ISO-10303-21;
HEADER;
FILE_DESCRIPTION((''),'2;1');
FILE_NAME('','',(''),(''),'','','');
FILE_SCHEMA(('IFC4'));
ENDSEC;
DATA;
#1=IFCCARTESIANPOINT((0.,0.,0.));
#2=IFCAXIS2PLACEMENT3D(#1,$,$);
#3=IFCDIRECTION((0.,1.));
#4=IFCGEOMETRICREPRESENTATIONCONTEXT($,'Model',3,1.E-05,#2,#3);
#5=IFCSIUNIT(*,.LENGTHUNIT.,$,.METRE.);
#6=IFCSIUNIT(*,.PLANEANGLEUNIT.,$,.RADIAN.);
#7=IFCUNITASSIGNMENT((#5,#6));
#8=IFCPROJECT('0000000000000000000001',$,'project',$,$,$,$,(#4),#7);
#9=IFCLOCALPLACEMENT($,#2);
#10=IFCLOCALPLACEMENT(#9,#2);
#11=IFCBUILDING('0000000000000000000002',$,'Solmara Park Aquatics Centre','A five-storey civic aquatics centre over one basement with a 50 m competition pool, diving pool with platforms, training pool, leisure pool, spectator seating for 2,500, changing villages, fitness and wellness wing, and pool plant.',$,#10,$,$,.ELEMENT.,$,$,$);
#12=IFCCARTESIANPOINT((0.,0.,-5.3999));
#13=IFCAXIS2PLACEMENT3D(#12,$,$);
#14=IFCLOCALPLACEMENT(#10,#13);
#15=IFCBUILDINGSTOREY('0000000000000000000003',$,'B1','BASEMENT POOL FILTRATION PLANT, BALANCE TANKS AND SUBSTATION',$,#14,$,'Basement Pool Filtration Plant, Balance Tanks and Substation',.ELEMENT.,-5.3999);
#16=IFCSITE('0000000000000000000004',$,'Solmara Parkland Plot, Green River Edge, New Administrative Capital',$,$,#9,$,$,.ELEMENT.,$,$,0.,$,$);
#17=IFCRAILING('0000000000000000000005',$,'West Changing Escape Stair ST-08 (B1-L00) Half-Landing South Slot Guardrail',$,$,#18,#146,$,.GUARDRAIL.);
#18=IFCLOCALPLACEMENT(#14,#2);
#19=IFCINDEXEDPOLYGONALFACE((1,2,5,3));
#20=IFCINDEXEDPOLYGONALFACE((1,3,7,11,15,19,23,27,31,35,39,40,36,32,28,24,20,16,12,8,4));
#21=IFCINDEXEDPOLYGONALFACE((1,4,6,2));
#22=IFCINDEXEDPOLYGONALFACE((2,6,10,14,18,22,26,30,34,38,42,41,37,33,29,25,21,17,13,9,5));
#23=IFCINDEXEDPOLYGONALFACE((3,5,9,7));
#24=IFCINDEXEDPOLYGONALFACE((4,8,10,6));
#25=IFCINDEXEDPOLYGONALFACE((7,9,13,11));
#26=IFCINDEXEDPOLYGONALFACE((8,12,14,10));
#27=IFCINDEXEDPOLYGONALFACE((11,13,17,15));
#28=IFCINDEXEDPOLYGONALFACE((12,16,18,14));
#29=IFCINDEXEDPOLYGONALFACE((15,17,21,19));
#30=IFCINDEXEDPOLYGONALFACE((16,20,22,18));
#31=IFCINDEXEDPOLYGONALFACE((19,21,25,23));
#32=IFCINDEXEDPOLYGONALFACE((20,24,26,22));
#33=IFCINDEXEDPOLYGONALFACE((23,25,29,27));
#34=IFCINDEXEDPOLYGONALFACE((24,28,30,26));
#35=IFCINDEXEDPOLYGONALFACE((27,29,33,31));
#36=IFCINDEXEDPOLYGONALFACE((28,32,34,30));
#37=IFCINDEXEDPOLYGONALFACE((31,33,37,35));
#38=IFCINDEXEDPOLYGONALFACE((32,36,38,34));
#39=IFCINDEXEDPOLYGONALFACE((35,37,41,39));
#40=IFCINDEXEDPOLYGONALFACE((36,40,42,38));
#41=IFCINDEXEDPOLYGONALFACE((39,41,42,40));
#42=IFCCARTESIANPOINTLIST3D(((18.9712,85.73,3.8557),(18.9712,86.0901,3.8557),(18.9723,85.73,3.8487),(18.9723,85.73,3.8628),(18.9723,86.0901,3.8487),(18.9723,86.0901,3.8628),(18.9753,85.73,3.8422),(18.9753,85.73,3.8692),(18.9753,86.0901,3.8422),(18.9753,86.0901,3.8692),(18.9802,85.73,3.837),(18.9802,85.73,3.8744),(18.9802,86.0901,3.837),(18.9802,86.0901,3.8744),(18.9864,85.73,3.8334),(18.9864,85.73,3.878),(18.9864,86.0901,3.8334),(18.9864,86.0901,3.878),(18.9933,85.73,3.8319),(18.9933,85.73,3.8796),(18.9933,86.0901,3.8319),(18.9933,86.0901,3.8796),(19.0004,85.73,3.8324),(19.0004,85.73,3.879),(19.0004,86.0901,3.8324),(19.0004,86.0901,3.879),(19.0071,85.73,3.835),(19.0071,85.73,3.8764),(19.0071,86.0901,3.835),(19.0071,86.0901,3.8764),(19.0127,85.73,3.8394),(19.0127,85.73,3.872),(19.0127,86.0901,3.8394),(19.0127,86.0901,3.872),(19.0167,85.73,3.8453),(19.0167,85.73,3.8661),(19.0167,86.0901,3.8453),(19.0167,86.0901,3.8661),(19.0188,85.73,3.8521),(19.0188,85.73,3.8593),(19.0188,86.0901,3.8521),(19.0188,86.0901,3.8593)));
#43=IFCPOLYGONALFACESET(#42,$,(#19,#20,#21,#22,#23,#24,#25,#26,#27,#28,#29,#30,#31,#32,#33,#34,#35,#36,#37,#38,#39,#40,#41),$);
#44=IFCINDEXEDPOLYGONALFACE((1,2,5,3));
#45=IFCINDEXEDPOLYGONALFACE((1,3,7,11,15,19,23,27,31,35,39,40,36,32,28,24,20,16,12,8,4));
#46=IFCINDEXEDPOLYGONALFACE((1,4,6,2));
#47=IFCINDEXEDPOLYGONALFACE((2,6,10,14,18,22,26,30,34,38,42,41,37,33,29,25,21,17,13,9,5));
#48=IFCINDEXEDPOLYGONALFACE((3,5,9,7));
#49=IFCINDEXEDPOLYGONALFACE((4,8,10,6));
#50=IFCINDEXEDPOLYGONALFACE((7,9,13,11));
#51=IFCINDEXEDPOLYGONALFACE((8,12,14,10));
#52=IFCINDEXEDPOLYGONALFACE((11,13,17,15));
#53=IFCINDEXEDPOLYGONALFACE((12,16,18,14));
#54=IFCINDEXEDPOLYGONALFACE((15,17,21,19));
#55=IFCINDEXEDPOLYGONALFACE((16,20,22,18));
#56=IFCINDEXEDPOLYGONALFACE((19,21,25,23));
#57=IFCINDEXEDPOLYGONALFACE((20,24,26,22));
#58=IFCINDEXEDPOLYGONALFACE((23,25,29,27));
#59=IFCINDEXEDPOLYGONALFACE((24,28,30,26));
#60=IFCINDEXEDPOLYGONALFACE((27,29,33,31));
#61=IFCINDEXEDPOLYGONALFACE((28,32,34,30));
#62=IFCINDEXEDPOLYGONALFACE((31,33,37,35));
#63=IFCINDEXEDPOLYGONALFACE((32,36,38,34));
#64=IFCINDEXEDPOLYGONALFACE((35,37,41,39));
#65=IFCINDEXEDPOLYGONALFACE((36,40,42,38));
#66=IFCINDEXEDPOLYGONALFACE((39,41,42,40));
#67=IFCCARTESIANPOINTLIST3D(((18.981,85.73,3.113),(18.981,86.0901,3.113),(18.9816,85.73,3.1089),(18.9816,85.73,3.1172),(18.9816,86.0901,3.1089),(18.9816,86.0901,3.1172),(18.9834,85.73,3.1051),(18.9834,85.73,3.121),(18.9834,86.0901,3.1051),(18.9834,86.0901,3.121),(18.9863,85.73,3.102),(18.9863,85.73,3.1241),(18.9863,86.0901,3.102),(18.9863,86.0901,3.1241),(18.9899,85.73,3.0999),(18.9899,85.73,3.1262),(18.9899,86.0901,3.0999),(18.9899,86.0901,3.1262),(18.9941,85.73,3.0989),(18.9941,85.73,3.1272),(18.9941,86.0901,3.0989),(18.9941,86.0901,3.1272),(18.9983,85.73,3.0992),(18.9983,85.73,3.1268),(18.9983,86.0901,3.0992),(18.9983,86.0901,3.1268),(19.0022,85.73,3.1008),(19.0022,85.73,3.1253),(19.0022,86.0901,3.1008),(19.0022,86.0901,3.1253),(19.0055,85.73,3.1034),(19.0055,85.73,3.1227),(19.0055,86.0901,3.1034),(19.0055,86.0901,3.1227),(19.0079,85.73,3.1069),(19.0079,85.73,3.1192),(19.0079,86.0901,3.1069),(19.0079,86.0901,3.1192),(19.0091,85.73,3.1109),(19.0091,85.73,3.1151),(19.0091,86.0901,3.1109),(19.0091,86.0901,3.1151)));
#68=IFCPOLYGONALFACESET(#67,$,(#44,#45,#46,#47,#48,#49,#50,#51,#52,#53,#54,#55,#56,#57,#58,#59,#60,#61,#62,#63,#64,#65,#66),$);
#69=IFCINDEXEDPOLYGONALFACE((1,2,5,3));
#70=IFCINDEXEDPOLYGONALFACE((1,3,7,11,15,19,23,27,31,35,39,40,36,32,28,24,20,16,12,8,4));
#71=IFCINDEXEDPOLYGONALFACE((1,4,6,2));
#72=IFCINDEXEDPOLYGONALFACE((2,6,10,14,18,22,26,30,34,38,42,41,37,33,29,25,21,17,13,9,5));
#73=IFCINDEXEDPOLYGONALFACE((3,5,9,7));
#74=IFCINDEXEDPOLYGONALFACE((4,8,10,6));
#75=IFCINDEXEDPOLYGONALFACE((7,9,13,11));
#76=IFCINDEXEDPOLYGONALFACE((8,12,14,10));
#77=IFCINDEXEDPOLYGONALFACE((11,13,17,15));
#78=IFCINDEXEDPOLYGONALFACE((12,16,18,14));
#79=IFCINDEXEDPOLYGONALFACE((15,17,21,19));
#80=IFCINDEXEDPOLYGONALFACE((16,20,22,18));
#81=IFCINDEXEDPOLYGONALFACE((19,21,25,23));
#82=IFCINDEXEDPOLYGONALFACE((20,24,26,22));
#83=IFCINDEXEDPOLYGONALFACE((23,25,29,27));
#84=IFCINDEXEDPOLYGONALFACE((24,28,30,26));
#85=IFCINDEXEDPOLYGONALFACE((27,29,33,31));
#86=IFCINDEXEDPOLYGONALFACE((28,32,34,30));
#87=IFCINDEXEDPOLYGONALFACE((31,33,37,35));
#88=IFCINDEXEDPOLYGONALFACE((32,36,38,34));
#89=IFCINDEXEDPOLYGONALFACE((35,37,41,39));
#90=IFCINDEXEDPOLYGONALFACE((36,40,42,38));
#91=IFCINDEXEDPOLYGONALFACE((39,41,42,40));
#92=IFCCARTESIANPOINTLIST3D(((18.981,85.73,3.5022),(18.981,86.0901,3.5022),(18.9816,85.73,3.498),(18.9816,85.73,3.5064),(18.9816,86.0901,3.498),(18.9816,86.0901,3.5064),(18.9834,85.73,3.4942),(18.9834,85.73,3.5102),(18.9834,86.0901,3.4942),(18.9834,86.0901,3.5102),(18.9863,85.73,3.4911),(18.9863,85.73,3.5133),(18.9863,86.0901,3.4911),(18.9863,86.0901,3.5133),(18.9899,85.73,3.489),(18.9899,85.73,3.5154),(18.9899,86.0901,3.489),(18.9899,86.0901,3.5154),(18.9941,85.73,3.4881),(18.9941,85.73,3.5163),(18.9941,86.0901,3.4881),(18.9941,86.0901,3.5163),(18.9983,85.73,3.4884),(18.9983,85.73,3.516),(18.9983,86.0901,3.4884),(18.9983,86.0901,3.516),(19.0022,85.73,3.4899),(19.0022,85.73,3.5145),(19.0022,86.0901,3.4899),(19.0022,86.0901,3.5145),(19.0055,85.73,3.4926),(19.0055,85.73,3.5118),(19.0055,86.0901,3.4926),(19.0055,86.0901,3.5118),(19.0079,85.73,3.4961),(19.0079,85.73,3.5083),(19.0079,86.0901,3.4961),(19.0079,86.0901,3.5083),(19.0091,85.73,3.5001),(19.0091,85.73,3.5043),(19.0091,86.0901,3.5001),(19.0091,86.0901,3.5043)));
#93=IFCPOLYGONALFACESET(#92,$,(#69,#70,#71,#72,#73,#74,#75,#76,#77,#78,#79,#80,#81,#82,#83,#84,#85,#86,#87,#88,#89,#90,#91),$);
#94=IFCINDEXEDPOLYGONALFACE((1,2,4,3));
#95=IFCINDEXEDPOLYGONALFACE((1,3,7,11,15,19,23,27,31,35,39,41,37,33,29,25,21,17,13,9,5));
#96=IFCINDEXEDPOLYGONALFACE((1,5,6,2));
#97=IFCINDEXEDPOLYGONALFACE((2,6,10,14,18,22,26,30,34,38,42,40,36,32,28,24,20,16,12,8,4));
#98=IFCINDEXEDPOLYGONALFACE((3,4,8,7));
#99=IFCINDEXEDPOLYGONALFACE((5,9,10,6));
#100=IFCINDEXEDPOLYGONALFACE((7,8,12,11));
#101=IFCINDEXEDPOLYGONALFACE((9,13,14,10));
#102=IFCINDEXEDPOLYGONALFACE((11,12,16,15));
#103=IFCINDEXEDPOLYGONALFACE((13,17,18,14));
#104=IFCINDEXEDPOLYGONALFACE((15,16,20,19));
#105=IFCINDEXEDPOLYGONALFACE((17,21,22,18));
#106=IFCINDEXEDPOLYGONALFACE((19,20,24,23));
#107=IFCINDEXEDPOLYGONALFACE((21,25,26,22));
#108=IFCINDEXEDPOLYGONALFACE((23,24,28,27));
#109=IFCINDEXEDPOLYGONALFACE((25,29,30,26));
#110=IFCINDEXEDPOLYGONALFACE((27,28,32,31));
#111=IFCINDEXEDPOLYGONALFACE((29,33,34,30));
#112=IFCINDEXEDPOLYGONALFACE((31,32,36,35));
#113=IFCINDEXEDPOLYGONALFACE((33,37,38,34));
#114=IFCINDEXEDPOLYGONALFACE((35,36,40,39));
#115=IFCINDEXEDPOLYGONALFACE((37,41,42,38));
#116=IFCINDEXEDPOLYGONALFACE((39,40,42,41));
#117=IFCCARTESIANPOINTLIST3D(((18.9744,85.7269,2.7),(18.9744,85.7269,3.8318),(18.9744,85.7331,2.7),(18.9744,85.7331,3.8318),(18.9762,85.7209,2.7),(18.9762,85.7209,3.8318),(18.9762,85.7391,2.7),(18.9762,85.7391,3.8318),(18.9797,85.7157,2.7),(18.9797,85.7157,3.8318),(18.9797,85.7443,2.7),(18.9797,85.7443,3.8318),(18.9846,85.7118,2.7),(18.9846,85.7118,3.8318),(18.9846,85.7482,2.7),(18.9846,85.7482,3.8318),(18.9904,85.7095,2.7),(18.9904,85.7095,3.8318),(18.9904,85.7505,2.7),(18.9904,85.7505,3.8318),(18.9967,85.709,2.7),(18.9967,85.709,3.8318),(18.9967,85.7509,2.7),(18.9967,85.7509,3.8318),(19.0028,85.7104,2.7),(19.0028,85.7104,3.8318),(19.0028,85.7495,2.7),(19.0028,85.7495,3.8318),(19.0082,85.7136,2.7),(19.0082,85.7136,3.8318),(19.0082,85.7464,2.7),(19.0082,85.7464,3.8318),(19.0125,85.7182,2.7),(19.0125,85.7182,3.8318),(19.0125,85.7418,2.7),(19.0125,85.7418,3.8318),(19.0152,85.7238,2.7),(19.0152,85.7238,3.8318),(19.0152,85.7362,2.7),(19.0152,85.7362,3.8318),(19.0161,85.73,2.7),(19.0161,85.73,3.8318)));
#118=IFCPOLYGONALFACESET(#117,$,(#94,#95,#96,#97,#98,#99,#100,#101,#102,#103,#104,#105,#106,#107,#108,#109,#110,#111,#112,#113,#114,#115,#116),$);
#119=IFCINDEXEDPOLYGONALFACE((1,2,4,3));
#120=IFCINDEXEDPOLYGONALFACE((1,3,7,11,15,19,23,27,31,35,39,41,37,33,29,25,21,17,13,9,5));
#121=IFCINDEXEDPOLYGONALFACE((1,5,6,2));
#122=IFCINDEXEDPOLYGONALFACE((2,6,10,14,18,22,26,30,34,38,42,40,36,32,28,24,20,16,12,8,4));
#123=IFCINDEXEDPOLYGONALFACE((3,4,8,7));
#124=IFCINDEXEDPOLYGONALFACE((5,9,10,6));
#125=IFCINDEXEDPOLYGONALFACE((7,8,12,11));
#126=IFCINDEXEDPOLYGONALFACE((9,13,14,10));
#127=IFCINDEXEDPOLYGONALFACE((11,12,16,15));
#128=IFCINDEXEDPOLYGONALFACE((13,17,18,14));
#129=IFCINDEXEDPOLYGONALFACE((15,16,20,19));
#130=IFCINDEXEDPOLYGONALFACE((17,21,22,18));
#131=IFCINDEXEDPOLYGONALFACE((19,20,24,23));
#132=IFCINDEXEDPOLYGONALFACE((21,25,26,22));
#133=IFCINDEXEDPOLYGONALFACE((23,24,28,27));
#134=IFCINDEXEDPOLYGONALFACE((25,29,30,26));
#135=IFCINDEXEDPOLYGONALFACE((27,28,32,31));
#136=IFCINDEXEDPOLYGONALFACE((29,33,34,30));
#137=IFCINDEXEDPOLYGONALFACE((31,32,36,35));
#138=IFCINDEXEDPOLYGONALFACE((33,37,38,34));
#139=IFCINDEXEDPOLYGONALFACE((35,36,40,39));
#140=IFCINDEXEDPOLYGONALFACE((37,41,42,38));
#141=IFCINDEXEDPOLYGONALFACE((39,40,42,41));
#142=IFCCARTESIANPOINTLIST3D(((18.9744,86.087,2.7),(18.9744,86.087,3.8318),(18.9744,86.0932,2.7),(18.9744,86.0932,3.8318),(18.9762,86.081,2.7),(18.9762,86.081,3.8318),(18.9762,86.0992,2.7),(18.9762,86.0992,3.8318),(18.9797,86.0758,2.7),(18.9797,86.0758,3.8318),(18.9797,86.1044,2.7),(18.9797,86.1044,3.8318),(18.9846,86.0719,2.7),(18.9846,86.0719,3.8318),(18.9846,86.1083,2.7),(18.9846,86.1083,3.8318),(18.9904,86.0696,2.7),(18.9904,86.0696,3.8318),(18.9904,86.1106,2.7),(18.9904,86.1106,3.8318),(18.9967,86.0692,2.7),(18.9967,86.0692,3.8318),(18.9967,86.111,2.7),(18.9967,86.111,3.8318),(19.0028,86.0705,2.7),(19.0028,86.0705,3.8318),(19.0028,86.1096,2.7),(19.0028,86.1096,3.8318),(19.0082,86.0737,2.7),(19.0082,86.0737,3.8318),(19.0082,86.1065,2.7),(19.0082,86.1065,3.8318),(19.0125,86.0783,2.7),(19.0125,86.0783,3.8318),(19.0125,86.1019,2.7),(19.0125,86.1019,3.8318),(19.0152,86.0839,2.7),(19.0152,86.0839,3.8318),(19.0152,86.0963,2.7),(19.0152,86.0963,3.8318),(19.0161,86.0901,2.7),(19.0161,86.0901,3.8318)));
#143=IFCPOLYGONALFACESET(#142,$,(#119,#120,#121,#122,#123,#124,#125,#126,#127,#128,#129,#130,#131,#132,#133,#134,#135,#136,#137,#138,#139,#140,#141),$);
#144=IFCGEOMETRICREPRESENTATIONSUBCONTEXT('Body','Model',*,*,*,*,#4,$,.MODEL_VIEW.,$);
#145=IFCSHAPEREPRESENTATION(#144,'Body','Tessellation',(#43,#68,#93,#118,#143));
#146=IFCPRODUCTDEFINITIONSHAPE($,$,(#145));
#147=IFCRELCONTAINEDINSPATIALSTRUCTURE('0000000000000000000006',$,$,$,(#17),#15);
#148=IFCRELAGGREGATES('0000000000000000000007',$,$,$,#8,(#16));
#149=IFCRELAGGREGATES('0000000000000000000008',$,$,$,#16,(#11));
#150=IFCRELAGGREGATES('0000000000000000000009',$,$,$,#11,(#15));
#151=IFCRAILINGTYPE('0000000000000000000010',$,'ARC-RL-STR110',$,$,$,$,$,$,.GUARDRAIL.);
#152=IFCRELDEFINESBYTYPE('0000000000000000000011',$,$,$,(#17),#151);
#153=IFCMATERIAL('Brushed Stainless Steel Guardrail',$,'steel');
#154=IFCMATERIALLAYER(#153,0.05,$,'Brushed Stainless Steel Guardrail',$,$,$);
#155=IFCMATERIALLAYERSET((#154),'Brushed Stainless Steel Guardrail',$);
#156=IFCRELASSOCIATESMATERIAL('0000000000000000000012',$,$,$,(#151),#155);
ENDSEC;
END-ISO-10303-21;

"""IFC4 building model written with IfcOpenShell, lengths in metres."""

from ifc_helpers import new_model, si_unit, direction, frame, origin, origin_2d, place, context, subcontext, project, spatial, circle, extrude, material, layer, layer_set, type_object, element, save


model = new_model("IFC4")

# Units and contexts
model_context = context("Model", 3, precision=1e-05, world=origin(), true_north=direction((0.0, 1.0)))
body_context = subcontext(model_context, "Body", "Model", "MODEL_VIEW")
ifc_project = project(units=[si_unit("LENGTHUNIT", "METRE"), si_unit("PLANEANGLEUNIT", "RADIAN")], contexts=[model_context])

# Site, building, storey
site_placement = place(None, origin())
site = spatial("IfcSite", under=ifc_project, at=site_placement, Name="Solmara Parkland Plot, Green River Edge, New Administrative Capital", CompositionType="ELEMENT", RefElevation=0.0)
building_placement = place(site_placement, origin())
building = spatial("IfcBuilding", under=site, at=building_placement, Name="Solmara Park Aquatics Centre", Description="A five-storey civic aquatics centre over one basement with a 50 m competition pool, diving pool with platforms, training pool, leisure pool, spectator seating for 2,500, changing villages, fitness and wellness wing, and pool plant.", CompositionType="ELEMENT")
storey_placement = place(building_placement, frame((0.0, 0.0, -5.3999)))
storey = spatial("IfcBuildingStorey", under=building, at=storey_placement, Name="B1", Description="BASEMENT POOL FILTRATION PLANT, BALANCE TANKS AND SUBSTATION", LongName="Basement Pool Filtration Plant, Balance Tanks and Substation", CompositionType="ELEMENT", Elevation=-5.3999)

# Railing
ifc_material_1 = material(Name="Brushed Stainless Steel Guardrail", Category="steel")
ifc_layer_1 = layer(ifc_material_1, 0.05, Name="Brushed Stainless Steel Guardrail")
ifc_layer_set_1 = layer_set([ifc_layer_1], Name="Brushed Stainless Steel Guardrail")
railing_type = type_object("IfcRailingType", Name="ARC-RL-STR110", PredefinedType="GUARDRAIL", material=ifc_layer_set_1)
railing_1_placement = place(storey_placement, frame((18.9951, 85.73, 2.7)))
element("IfcRailing", 1, at=railing_1_placement, inside=storey, type_object=railing_type, Name="West Changing Escape Stair ST-08 (B1-L00) Half-Landing South Slot Guardrail", PredefinedType="GUARDRAIL", context=body_context, shape_type="SweptSolid", body=[
    extrude(circle(Radius=0.0239, at=origin_2d()), frame((0.0, 0.0, 1.1558), z_axis=(0.0, 1.0, 0.0), x_axis=(-1.0, 0.0, 0.0)), (0.0, 0.0, 1.0), 0.3601),
    extrude(circle(Radius=0.0142, at=origin_2d()), frame((0.0, 0.0, 0.4131), z_axis=(0.0, 1.0, 0.0), x_axis=(-1.0, 0.0, 0.0)), (0.0, 0.0, 1.0), 0.3601),
    extrude(circle(Radius=0.0142, at=origin_2d()), frame((0.0, 0.0, 0.8022), z_axis=(0.0, 1.0, 0.0), x_axis=(-1.0, 0.0, 0.0)), (0.0, 0.0, 1.0), 0.3601),
    extrude(circle(Radius=0.021, at=origin_2d()), origin(), (0.0, 0.0, 1.0), 1.1318),
    extrude(circle(Radius=0.021, at=origin_2d()), frame((0.0, 0.3601, 0.0)), (0.0, 0.0, 1.0), 1.1318),
])

save(model, "model.ifc")
